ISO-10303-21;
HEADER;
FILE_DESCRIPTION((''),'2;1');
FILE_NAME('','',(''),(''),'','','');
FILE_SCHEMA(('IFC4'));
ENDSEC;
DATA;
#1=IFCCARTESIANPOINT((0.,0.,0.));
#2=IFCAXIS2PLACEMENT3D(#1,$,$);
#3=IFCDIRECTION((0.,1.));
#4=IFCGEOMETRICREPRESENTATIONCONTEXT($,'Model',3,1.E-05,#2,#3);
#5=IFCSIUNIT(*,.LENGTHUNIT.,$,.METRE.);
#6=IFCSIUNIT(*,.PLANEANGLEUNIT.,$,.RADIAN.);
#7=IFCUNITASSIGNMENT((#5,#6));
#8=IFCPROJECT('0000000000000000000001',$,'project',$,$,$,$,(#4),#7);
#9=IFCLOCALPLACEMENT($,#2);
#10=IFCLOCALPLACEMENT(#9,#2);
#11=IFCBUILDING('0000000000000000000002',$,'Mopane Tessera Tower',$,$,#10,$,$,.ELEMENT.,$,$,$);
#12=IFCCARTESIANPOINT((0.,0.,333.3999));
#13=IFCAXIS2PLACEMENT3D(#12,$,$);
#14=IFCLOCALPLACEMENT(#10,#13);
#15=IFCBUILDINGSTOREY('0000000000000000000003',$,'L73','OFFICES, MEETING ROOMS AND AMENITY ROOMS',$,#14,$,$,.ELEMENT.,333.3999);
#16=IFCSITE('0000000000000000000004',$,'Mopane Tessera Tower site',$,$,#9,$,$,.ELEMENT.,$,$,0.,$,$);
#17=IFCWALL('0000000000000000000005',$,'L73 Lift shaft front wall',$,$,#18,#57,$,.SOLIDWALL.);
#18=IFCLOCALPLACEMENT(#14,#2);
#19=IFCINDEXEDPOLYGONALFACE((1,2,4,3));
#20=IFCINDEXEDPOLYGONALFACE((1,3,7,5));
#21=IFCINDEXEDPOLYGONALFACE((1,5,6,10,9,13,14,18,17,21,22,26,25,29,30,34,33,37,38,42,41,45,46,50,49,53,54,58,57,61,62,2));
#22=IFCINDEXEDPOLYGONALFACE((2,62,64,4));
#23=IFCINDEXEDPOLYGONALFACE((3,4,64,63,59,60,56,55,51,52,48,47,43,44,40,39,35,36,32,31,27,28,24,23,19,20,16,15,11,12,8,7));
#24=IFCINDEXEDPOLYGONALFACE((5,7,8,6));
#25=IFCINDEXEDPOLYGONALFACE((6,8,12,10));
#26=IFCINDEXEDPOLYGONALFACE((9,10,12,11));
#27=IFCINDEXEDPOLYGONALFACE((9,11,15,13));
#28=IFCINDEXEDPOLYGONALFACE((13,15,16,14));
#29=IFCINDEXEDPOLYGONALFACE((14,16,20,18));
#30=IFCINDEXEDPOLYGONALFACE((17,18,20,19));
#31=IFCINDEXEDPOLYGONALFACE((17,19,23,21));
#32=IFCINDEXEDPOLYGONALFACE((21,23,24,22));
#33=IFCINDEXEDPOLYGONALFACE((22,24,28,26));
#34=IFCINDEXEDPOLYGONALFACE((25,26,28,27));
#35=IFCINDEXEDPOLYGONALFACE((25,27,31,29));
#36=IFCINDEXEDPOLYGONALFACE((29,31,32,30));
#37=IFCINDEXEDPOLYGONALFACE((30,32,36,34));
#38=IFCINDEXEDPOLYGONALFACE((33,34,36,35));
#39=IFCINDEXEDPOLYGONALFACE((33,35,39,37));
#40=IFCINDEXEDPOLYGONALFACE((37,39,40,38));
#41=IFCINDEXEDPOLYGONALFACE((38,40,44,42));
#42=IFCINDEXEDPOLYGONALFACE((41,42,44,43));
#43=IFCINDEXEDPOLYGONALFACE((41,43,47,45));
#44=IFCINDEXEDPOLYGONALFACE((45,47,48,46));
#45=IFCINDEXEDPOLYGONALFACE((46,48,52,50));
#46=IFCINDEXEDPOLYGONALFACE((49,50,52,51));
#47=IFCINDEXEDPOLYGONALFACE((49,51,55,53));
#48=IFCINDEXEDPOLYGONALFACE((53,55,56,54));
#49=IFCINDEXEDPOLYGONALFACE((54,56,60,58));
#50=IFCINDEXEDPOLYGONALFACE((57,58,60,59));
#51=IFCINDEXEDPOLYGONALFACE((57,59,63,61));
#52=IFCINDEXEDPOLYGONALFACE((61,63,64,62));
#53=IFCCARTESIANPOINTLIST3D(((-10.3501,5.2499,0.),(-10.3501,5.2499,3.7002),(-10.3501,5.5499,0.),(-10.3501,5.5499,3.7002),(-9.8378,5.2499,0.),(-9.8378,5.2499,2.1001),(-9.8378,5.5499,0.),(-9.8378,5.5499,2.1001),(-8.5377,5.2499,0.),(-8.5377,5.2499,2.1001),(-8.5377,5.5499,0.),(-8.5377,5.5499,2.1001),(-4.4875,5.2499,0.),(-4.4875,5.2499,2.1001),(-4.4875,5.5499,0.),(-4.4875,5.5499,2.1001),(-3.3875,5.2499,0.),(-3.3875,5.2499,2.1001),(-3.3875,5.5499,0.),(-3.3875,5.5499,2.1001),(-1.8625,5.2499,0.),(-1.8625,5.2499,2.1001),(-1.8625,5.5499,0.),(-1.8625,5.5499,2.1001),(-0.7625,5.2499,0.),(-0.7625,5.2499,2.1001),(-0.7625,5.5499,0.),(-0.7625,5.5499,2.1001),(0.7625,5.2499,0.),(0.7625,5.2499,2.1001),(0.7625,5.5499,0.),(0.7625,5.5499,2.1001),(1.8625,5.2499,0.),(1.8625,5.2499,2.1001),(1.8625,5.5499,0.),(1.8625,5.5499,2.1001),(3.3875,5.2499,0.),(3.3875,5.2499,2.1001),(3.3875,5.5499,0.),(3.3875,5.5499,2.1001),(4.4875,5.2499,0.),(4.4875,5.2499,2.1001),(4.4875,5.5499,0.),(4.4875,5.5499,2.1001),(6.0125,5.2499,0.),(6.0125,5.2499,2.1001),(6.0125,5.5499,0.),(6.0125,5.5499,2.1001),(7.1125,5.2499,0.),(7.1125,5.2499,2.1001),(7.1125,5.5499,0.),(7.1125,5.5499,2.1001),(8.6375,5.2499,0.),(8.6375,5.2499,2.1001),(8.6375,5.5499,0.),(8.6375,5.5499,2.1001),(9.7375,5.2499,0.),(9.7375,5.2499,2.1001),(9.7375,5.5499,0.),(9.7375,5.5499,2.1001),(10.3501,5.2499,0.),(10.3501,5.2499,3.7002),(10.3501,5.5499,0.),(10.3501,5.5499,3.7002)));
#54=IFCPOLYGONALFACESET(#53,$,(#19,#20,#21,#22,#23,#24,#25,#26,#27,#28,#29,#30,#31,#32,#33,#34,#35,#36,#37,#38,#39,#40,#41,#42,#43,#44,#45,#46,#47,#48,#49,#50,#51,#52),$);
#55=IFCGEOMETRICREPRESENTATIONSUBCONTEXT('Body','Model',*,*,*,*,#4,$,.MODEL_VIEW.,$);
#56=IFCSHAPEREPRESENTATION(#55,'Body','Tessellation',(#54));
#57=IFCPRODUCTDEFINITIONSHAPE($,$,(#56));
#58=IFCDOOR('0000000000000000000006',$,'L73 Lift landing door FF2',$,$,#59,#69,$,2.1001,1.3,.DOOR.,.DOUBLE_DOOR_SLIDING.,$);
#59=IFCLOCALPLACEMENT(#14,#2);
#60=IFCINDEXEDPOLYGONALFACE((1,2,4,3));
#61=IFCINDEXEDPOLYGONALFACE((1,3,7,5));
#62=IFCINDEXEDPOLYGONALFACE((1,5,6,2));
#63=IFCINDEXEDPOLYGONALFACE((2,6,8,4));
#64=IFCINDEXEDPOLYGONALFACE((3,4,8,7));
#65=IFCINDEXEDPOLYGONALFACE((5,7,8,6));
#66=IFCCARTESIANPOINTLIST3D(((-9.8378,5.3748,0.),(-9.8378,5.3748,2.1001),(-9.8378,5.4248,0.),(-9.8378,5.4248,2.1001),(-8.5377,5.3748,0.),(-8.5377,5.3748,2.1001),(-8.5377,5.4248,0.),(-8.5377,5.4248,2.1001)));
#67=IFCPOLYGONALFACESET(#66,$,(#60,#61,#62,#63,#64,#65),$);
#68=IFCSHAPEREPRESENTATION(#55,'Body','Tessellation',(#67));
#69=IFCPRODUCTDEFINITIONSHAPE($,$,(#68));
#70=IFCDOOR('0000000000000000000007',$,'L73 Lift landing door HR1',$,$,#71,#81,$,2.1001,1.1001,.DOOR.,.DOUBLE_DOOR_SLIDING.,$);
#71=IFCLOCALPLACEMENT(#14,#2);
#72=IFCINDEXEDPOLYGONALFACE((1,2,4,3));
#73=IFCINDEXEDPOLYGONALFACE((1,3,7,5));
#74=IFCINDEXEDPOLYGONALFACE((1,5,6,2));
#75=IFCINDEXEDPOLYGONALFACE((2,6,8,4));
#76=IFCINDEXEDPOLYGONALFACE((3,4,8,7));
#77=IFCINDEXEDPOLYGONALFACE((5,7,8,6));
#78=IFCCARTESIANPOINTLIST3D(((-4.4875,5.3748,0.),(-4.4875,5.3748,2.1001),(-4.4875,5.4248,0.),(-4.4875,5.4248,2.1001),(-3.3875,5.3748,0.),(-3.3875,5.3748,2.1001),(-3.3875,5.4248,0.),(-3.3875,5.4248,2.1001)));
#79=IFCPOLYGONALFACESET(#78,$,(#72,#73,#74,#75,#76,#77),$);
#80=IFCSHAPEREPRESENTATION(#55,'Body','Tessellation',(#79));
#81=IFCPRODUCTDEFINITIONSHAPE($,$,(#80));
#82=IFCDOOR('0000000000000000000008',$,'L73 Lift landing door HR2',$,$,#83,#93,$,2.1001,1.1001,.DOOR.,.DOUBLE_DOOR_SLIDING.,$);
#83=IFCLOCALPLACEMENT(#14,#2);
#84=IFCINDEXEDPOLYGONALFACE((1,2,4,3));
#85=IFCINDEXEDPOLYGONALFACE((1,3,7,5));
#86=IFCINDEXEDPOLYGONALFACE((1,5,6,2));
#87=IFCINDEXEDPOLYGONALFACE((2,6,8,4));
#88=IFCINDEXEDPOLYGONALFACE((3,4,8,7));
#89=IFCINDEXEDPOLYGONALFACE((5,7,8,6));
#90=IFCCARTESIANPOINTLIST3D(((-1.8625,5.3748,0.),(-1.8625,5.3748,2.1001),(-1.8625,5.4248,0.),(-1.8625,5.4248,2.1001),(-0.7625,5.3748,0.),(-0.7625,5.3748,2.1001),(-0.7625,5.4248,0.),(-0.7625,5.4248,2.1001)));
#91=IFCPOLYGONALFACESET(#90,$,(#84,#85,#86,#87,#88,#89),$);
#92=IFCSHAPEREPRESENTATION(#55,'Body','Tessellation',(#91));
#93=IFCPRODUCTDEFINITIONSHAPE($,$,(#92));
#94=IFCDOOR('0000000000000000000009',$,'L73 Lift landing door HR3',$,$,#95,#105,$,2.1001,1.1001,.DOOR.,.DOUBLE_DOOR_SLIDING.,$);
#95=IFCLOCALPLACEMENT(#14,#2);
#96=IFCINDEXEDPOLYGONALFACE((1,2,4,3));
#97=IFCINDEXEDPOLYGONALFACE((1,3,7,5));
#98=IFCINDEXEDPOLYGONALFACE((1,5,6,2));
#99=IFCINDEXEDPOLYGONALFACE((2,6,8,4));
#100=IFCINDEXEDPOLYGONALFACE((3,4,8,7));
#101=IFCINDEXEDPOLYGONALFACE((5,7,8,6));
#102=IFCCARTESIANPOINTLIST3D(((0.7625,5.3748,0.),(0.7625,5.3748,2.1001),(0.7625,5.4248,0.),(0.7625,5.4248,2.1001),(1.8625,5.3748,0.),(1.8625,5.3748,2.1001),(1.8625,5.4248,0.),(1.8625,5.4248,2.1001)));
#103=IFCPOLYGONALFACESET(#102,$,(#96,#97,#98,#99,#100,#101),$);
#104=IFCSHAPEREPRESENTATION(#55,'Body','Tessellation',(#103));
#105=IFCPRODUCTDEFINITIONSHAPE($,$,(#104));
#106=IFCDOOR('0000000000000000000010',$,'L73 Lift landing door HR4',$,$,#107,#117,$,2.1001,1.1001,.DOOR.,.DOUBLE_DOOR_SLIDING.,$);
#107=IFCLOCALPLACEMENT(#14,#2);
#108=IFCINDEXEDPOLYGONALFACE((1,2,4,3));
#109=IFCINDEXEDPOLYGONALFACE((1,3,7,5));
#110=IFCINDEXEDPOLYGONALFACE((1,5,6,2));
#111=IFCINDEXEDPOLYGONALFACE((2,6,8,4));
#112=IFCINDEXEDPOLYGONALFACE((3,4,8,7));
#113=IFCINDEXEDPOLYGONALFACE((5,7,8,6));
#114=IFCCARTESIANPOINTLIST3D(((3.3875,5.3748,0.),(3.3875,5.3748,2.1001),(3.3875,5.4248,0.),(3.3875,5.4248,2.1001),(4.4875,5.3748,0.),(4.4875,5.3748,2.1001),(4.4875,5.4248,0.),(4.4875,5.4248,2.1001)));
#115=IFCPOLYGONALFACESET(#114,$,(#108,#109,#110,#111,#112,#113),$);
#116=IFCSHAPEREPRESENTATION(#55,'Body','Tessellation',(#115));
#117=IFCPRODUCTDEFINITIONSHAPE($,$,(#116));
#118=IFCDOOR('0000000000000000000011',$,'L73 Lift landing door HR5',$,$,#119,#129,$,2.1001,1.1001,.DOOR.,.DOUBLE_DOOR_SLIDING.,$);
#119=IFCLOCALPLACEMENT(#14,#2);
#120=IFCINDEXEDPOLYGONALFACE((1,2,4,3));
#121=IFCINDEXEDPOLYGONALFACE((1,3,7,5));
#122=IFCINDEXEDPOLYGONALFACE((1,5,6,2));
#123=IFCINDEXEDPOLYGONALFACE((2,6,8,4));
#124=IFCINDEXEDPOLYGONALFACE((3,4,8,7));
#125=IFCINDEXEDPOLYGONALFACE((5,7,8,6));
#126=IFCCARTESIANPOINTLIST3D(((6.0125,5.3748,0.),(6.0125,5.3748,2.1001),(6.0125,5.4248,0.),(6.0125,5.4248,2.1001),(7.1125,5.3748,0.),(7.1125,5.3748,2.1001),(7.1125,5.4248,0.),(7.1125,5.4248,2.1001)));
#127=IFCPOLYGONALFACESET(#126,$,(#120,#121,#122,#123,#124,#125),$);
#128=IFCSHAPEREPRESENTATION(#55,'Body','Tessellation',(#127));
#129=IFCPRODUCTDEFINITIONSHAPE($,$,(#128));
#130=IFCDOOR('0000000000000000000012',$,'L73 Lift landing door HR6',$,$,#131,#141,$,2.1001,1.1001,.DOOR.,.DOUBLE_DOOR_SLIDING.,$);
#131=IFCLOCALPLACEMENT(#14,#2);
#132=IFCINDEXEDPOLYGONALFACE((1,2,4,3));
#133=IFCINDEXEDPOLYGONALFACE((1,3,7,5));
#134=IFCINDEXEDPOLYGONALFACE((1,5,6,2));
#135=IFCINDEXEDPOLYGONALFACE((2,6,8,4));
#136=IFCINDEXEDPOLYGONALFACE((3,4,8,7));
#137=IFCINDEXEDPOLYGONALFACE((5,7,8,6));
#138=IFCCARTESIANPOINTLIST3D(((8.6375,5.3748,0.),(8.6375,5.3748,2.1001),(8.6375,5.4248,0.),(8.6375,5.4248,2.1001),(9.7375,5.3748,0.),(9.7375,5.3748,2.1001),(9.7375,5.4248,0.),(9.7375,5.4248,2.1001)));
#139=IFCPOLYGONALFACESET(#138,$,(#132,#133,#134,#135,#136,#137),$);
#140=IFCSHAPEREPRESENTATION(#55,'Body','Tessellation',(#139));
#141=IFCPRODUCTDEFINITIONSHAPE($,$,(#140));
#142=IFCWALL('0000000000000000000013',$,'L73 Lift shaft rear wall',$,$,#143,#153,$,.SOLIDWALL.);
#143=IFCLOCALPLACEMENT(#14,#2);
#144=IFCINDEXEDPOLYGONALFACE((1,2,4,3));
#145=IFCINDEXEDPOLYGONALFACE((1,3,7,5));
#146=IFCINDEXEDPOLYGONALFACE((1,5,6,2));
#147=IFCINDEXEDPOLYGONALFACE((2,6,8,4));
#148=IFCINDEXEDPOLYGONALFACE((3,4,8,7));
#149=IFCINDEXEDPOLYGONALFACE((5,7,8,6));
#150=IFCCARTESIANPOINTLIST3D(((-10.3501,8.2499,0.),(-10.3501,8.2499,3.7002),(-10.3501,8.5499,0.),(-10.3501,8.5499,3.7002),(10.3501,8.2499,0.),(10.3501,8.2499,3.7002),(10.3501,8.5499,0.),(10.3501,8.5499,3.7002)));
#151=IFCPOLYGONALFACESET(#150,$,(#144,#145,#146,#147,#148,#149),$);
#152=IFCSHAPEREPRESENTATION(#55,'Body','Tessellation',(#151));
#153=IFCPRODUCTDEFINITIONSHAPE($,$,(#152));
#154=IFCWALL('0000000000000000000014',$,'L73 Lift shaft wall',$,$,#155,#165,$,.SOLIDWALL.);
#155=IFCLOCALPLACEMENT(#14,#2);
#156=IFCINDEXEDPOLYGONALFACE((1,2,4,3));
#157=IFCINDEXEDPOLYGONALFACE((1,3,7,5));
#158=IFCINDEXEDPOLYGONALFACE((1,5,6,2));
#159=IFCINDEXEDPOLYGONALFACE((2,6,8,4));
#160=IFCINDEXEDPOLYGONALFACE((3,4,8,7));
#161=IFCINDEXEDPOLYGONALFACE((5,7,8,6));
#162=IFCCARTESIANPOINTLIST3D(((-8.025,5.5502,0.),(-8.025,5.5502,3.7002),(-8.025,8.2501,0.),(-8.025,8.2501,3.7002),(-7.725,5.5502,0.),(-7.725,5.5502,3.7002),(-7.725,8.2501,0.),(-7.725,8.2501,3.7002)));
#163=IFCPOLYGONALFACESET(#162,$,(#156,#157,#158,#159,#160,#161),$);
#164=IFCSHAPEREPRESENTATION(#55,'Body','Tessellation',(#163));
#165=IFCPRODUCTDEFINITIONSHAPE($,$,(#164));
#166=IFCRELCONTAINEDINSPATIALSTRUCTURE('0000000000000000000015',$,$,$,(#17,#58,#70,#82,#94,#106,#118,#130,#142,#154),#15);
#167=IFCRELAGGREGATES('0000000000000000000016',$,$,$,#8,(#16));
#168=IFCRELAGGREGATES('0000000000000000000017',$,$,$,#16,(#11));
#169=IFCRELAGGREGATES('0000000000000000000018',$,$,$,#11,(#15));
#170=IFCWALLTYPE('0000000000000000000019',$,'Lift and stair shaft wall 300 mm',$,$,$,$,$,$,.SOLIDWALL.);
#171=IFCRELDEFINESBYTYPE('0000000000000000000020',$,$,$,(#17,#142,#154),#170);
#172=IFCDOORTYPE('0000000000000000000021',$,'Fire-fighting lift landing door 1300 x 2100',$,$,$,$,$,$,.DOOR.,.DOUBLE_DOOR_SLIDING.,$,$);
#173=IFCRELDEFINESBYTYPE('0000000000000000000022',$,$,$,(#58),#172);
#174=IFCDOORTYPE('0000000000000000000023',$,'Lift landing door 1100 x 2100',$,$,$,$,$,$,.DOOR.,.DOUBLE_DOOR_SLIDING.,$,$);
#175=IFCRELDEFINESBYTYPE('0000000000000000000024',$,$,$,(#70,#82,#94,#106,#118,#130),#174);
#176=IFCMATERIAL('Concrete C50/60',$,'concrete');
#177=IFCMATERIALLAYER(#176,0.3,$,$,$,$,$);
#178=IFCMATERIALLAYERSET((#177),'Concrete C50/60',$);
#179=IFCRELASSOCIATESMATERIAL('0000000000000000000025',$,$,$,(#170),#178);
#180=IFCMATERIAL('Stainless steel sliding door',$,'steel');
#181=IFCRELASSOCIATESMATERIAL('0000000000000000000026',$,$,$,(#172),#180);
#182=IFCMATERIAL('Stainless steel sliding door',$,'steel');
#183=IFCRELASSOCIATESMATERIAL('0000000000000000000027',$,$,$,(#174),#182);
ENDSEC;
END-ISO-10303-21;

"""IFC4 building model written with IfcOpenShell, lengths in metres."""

from ifc_helpers import new_model, si_unit, direction, frame, frame_2d, origin, place, context, subcontext, project, spatial, rectangle, extrude, material, layer, layer_set, type_object, element, fill, save


model = new_model("IFC4")

# Units and contexts
model_context = context("Model", 3, precision=1e-05, world=origin(), true_north=direction((0.0, 1.0)))
body_context = subcontext(model_context, "Body", "Model", "MODEL_VIEW")
ifc_project = project(units=[si_unit("LENGTHUNIT", "METRE"), si_unit("PLANEANGLEUNIT", "RADIAN")], contexts=[model_context])

# Site, building, storey
site_placement = place(None, origin())
site = spatial("IfcSite", under=ifc_project, at=site_placement, Name="Mopane Tessera Tower site", CompositionType="ELEMENT", RefElevation=0.0)
building_placement = place(site_placement, origin())
building = spatial("IfcBuilding", under=site, at=building_placement, Name="Mopane Tessera Tower", CompositionType="ELEMENT")
storey_placement = place(building_placement, frame((0.0, 0.0, 333.3999)))
storey = spatial("IfcBuildingStorey", under=building, at=storey_placement, Name="L73", Description="OFFICES, MEETING ROOMS AND AMENITY ROOMS", CompositionType="ELEMENT", Elevation=333.3999)

# Wall, openings, doors
ifc_material_1 = material(Name="Concrete C50/60", Category="concrete")
ifc_layer_1 = layer(ifc_material_1, 0.3)
ifc_layer_set_1 = layer_set([ifc_layer_1], Name="Concrete C50/60")
wall_type_1 = type_object("IfcWallType", Name="Lift and stair shaft wall 300 mm", PredefinedType="SOLIDWALL", material=ifc_layer_set_1)
wall_1_placement = place(storey_placement, frame((-10.3501, 5.3999, 0.0), z_axis=(0.0, 0.0, 1.0), x_axis=(1.0, 0.0, 0.0)))
wall_1 = element("IfcWall", 1, at=wall_1_placement, inside=storey, type_object=wall_type_1, Name="L73 Lift shaft front wall", PredefinedType="SOLIDWALL", context=body_context, shape_type="SweptSolid", body=[
    extrude(rectangle(XDim=20.7002, YDim=0.3, at=frame_2d((10.3501, 0.0))), origin(), (0.0, 0.0, 1.0), 3.7002),
])
opening_1_placement = place(wall_1_placement, frame((0.5125, 0.0, 0.0)))
opening_1 = element("IfcOpeningElement", 2, at=opening_1_placement, cuts=wall_1, PredefinedType="OPENING", context=body_context, shape_type="SweptSolid", body=[
    extrude(rectangle(XDim=1.3, YDim=2.1001, at=frame_2d((0.6499, 1.05))), frame((0.0, 0.1621, 0.0), z_axis=(0.0, -1.0, 0.0), x_axis=(1.0, 0.0, 0.0)), (0.0, 0.0, 1.0), 0.324),
])
opening_2_placement = place(wall_1_placement, frame((5.8625, 0.0, 0.0)))
opening_2 = element("IfcOpeningElement", 3, at=opening_2_placement, cuts=wall_1, PredefinedType="OPENING", context=body_context, shape_type="SweptSolid", body=[
    extrude(rectangle(XDim=1.1001, YDim=2.1001, at=frame_2d((0.55, 1.05))), frame((0.0, 0.1621, 0.0), z_axis=(0.0, -1.0, 0.0), x_axis=(1.0, 0.0, 0.0)), (0.0, 0.0, 1.0), 0.324),
])
opening_3_placement = place(wall_1_placement, frame((8.4875, 0.0, 0.0)))
opening_3 = element("IfcOpeningElement", 4, at=opening_3_placement, cuts=wall_1, PredefinedType="OPENING", context=body_context, shape_type="SweptSolid", body=[
    extrude(rectangle(XDim=1.1001, YDim=2.1001, at=frame_2d((0.55, 1.05))), frame((0.0, 0.1621, 0.0), z_axis=(0.0, -1.0, 0.0), x_axis=(1.0, 0.0, 0.0)), (0.0, 0.0, 1.0), 0.324),
])
opening_4_placement = place(wall_1_placement, frame((11.1125, 0.0, 0.0)))
opening_4 = element("IfcOpeningElement", 5, at=opening_4_placement, cuts=wall_1, PredefinedType="OPENING", context=body_context, shape_type="SweptSolid", body=[
    extrude(rectangle(XDim=1.1001, YDim=2.1001, at=frame_2d((0.55, 1.05))), frame((0.0, 0.1621, 0.0), z_axis=(0.0, -1.0, 0.0), x_axis=(1.0, 0.0, 0.0)), (0.0, 0.0, 1.0), 0.324),
])
opening_5_placement = place(wall_1_placement, frame((13.7375, 0.0, 0.0)))
opening_5 = element("IfcOpeningElement", 6, at=opening_5_placement, cuts=wall_1, PredefinedType="OPENING", context=body_context, shape_type="SweptSolid", body=[
    extrude(rectangle(XDim=1.1001, YDim=2.1001, at=frame_2d((0.55, 1.05))), frame((0.0, 0.1621, 0.0), z_axis=(0.0, -1.0, 0.0), x_axis=(1.0, 0.0, 0.0)), (0.0, 0.0, 1.0), 0.324),
])
opening_6_placement = place(wall_1_placement, frame((16.3625, 0.0, 0.0)))
opening_6 = element("IfcOpeningElement", 7, at=opening_6_placement, cuts=wall_1, PredefinedType="OPENING", context=body_context, shape_type="SweptSolid", body=[
    extrude(rectangle(XDim=1.1001, YDim=2.1001, at=frame_2d((0.55, 1.05))), frame((0.0, 0.1621, 0.0), z_axis=(0.0, -1.0, 0.0), x_axis=(1.0, 0.0, 0.0)), (0.0, 0.0, 1.0), 0.324),
])
opening_7_placement = place(wall_1_placement, frame((18.9875, 0.0, 0.0)))
opening_7 = element("IfcOpeningElement", 8, at=opening_7_placement, cuts=wall_1, PredefinedType="OPENING", context=body_context, shape_type="SweptSolid", body=[
    extrude(rectangle(XDim=1.1001, YDim=2.1001, at=frame_2d((0.55, 1.05))), frame((0.0, 0.1621, 0.0), z_axis=(0.0, -1.0, 0.0), x_axis=(1.0, 0.0, 0.0)), (0.0, 0.0, 1.0), 0.324),
])
ifc_material_2 = material(Name="Stainless steel sliding door", Category="steel")
door_type_1 = type_object("IfcDoorType", Name="Fire-fighting lift landing door 1300 x 2100", OperationType="DOUBLE_DOOR_SLIDING", PredefinedType="DOOR", material=ifc_material_2)
door_1_placement = place(opening_1_placement, origin())
door_1 = element("IfcDoor", 9, at=door_1_placement, inside=storey, type_object=door_type_1, Name="L73 Lift landing door FF2", OperationType="DOUBLE_DOOR_SLIDING", OverallHeight=2.1001, OverallWidth=1.3, PredefinedType="DOOR", context=body_context, shape_type="SweptSolid", body=[
    extrude(rectangle(XDim=1.3, YDim=2.1001, at=frame_2d((0.6499, 1.05))), frame((0.0, 0.0249, 0.0), z_axis=(0.0, -1.0, 0.0), x_axis=(1.0, 0.0, 0.0)), (0.0, 0.0, 1.0), 0.05),
])
fill(opening_1, door_1)
ifc_material_3 = material(Name="Stainless steel sliding door", Category="steel")
door_type_2 = type_object("IfcDoorType", Name="Lift landing door 1100 x 2100", OperationType="DOUBLE_DOOR_SLIDING", PredefinedType="DOOR", material=ifc_material_3)
door_2_placement = place(opening_2_placement, origin())
door_2 = element("IfcDoor", 10, at=door_2_placement, inside=storey, type_object=door_type_2, Name="L73 Lift landing door HR1", OperationType="DOUBLE_DOOR_SLIDING", OverallHeight=2.1001, OverallWidth=1.1001, PredefinedType="DOOR", context=body_context, shape_type="SweptSolid", body=[
    extrude(rectangle(XDim=1.1001, YDim=2.1001, at=frame_2d((0.55, 1.05))), frame((0.0, 0.0249, 0.0), z_axis=(0.0, -1.0, 0.0), x_axis=(1.0, 0.0, 0.0)), (0.0, 0.0, 1.0), 0.05),
])
fill(opening_2, door_2)
door_3_placement = place(opening_3_placement, origin())
door_3 = element("IfcDoor", 11, at=door_3_placement, inside=storey, type_object=door_type_2, Name="L73 Lift landing door HR2", OperationType="DOUBLE_DOOR_SLIDING", OverallHeight=2.1001, OverallWidth=1.1001, PredefinedType="DOOR", context=body_context, shape_type="SweptSolid", body=[
    extrude(rectangle(XDim=1.1001, YDim=2.1001, at=frame_2d((0.55, 1.05))), frame((0.0, 0.0249, 0.0), z_axis=(0.0, -1.0, 0.0), x_axis=(1.0, 0.0, 0.0)), (0.0, 0.0, 1.0), 0.05),
])
fill(opening_3, door_3)
door_4_placement = place(opening_4_placement, origin())
door_4 = element("IfcDoor", 12, at=door_4_placement, inside=storey, type_object=door_type_2, Name="L73 Lift landing door HR3", OperationType="DOUBLE_DOOR_SLIDING", OverallHeight=2.1001, OverallWidth=1.1001, PredefinedType="DOOR", context=body_context, shape_type="SweptSolid", body=[
    extrude(rectangle(XDim=1.1001, YDim=2.1001, at=frame_2d((0.55, 1.05))), frame((0.0, 0.0249, 0.0), z_axis=(0.0, -1.0, 0.0), x_axis=(1.0, 0.0, 0.0)), (0.0, 0.0, 1.0), 0.05),
])
fill(opening_4, door_4)
door_5_placement = place(opening_5_placement, origin())
door_5 = element("IfcDoor", 13, at=door_5_placement, inside=storey, type_object=door_type_2, Name="L73 Lift landing door HR4", OperationType="DOUBLE_DOOR_SLIDING", OverallHeight=2.1001, OverallWidth=1.1001, PredefinedType="DOOR", context=body_context, shape_type="SweptSolid", body=[
    extrude(rectangle(XDim=1.1001, YDim=2.1001, at=frame_2d((0.55, 1.05))), frame((0.0, 0.0249, 0.0), z_axis=(0.0, -1.0, 0.0), x_axis=(1.0, 0.0, 0.0)), (0.0, 0.0, 1.0), 0.05),
])
fill(opening_5, door_5)
door_6_placement = place(opening_6_placement, origin())
door_6 = element("IfcDoor", 14, at=door_6_placement, inside=storey, type_object=door_type_2, Name="L73 Lift landing door HR5", OperationType="DOUBLE_DOOR_SLIDING", OverallHeight=2.1001, OverallWidth=1.1001, PredefinedType="DOOR", context=body_context, shape_type="SweptSolid", body=[
    extrude(rectangle(XDim=1.1001, YDim=2.1001, at=frame_2d((0.55, 1.05))), frame((0.0, 0.0249, 0.0), z_axis=(0.0, -1.0, 0.0), x_axis=(1.0, 0.0, 0.0)), (0.0, 0.0, 1.0), 0.05),
])
fill(opening_6, door_6)
door_7_placement = place(opening_7_placement, origin())
door_7 = element("IfcDoor", 15, at=door_7_placement, inside=storey, type_object=door_type_2, Name="L73 Lift landing door HR6", OperationType="DOUBLE_DOOR_SLIDING", OverallHeight=2.1001, OverallWidth=1.1001, PredefinedType="DOOR", context=body_context, shape_type="SweptSolid", body=[
    extrude(rectangle(XDim=1.1001, YDim=2.1001, at=frame_2d((0.55, 1.05))), frame((0.0, 0.0249, 0.0), z_axis=(0.0, -1.0, 0.0), x_axis=(1.0, 0.0, 0.0)), (0.0, 0.0, 1.0), 0.05),
])
fill(opening_7, door_7)

# Walls
wall_2_placement = place(storey_placement, frame((-10.3501, 8.3999, 0.0), z_axis=(0.0, 0.0, 1.0), x_axis=(1.0, 0.0, 0.0)))
element("IfcWall", 16, at=wall_2_placement, inside=storey, type_object=wall_type_1, Name="L73 Lift shaft rear wall", PredefinedType="SOLIDWALL", context=body_context, shape_type="SweptSolid", body=[
    extrude(rectangle(XDim=20.7002, YDim=0.3, at=frame_2d((10.3501, 0.0))), origin(), (0.0, 0.0, 1.0), 3.7002),
])
for number, where, z_axis, x_axis, name in (
    (17, (-7.875, 5.55, 0.0), (0.0, 0.0, 1.0), (0.0, 1.0, 0.0), "L73 Lift shaft wall"),
):
    element("IfcWall", number, at=place(storey_placement, frame(where, z_axis=z_axis, x_axis=x_axis)), inside=storey, type_object=wall_type_1, Name=name, PredefinedType="SOLIDWALL", context=body_context, shape_type="SweptSolid", body=[
        extrude(rectangle(XDim=2.7, YDim=0.3, at=frame_2d((1.3501, 0.0))), origin(), (0.0, 0.0, 1.0), 3.7002),
    ])

save(model, "model.ifc")
